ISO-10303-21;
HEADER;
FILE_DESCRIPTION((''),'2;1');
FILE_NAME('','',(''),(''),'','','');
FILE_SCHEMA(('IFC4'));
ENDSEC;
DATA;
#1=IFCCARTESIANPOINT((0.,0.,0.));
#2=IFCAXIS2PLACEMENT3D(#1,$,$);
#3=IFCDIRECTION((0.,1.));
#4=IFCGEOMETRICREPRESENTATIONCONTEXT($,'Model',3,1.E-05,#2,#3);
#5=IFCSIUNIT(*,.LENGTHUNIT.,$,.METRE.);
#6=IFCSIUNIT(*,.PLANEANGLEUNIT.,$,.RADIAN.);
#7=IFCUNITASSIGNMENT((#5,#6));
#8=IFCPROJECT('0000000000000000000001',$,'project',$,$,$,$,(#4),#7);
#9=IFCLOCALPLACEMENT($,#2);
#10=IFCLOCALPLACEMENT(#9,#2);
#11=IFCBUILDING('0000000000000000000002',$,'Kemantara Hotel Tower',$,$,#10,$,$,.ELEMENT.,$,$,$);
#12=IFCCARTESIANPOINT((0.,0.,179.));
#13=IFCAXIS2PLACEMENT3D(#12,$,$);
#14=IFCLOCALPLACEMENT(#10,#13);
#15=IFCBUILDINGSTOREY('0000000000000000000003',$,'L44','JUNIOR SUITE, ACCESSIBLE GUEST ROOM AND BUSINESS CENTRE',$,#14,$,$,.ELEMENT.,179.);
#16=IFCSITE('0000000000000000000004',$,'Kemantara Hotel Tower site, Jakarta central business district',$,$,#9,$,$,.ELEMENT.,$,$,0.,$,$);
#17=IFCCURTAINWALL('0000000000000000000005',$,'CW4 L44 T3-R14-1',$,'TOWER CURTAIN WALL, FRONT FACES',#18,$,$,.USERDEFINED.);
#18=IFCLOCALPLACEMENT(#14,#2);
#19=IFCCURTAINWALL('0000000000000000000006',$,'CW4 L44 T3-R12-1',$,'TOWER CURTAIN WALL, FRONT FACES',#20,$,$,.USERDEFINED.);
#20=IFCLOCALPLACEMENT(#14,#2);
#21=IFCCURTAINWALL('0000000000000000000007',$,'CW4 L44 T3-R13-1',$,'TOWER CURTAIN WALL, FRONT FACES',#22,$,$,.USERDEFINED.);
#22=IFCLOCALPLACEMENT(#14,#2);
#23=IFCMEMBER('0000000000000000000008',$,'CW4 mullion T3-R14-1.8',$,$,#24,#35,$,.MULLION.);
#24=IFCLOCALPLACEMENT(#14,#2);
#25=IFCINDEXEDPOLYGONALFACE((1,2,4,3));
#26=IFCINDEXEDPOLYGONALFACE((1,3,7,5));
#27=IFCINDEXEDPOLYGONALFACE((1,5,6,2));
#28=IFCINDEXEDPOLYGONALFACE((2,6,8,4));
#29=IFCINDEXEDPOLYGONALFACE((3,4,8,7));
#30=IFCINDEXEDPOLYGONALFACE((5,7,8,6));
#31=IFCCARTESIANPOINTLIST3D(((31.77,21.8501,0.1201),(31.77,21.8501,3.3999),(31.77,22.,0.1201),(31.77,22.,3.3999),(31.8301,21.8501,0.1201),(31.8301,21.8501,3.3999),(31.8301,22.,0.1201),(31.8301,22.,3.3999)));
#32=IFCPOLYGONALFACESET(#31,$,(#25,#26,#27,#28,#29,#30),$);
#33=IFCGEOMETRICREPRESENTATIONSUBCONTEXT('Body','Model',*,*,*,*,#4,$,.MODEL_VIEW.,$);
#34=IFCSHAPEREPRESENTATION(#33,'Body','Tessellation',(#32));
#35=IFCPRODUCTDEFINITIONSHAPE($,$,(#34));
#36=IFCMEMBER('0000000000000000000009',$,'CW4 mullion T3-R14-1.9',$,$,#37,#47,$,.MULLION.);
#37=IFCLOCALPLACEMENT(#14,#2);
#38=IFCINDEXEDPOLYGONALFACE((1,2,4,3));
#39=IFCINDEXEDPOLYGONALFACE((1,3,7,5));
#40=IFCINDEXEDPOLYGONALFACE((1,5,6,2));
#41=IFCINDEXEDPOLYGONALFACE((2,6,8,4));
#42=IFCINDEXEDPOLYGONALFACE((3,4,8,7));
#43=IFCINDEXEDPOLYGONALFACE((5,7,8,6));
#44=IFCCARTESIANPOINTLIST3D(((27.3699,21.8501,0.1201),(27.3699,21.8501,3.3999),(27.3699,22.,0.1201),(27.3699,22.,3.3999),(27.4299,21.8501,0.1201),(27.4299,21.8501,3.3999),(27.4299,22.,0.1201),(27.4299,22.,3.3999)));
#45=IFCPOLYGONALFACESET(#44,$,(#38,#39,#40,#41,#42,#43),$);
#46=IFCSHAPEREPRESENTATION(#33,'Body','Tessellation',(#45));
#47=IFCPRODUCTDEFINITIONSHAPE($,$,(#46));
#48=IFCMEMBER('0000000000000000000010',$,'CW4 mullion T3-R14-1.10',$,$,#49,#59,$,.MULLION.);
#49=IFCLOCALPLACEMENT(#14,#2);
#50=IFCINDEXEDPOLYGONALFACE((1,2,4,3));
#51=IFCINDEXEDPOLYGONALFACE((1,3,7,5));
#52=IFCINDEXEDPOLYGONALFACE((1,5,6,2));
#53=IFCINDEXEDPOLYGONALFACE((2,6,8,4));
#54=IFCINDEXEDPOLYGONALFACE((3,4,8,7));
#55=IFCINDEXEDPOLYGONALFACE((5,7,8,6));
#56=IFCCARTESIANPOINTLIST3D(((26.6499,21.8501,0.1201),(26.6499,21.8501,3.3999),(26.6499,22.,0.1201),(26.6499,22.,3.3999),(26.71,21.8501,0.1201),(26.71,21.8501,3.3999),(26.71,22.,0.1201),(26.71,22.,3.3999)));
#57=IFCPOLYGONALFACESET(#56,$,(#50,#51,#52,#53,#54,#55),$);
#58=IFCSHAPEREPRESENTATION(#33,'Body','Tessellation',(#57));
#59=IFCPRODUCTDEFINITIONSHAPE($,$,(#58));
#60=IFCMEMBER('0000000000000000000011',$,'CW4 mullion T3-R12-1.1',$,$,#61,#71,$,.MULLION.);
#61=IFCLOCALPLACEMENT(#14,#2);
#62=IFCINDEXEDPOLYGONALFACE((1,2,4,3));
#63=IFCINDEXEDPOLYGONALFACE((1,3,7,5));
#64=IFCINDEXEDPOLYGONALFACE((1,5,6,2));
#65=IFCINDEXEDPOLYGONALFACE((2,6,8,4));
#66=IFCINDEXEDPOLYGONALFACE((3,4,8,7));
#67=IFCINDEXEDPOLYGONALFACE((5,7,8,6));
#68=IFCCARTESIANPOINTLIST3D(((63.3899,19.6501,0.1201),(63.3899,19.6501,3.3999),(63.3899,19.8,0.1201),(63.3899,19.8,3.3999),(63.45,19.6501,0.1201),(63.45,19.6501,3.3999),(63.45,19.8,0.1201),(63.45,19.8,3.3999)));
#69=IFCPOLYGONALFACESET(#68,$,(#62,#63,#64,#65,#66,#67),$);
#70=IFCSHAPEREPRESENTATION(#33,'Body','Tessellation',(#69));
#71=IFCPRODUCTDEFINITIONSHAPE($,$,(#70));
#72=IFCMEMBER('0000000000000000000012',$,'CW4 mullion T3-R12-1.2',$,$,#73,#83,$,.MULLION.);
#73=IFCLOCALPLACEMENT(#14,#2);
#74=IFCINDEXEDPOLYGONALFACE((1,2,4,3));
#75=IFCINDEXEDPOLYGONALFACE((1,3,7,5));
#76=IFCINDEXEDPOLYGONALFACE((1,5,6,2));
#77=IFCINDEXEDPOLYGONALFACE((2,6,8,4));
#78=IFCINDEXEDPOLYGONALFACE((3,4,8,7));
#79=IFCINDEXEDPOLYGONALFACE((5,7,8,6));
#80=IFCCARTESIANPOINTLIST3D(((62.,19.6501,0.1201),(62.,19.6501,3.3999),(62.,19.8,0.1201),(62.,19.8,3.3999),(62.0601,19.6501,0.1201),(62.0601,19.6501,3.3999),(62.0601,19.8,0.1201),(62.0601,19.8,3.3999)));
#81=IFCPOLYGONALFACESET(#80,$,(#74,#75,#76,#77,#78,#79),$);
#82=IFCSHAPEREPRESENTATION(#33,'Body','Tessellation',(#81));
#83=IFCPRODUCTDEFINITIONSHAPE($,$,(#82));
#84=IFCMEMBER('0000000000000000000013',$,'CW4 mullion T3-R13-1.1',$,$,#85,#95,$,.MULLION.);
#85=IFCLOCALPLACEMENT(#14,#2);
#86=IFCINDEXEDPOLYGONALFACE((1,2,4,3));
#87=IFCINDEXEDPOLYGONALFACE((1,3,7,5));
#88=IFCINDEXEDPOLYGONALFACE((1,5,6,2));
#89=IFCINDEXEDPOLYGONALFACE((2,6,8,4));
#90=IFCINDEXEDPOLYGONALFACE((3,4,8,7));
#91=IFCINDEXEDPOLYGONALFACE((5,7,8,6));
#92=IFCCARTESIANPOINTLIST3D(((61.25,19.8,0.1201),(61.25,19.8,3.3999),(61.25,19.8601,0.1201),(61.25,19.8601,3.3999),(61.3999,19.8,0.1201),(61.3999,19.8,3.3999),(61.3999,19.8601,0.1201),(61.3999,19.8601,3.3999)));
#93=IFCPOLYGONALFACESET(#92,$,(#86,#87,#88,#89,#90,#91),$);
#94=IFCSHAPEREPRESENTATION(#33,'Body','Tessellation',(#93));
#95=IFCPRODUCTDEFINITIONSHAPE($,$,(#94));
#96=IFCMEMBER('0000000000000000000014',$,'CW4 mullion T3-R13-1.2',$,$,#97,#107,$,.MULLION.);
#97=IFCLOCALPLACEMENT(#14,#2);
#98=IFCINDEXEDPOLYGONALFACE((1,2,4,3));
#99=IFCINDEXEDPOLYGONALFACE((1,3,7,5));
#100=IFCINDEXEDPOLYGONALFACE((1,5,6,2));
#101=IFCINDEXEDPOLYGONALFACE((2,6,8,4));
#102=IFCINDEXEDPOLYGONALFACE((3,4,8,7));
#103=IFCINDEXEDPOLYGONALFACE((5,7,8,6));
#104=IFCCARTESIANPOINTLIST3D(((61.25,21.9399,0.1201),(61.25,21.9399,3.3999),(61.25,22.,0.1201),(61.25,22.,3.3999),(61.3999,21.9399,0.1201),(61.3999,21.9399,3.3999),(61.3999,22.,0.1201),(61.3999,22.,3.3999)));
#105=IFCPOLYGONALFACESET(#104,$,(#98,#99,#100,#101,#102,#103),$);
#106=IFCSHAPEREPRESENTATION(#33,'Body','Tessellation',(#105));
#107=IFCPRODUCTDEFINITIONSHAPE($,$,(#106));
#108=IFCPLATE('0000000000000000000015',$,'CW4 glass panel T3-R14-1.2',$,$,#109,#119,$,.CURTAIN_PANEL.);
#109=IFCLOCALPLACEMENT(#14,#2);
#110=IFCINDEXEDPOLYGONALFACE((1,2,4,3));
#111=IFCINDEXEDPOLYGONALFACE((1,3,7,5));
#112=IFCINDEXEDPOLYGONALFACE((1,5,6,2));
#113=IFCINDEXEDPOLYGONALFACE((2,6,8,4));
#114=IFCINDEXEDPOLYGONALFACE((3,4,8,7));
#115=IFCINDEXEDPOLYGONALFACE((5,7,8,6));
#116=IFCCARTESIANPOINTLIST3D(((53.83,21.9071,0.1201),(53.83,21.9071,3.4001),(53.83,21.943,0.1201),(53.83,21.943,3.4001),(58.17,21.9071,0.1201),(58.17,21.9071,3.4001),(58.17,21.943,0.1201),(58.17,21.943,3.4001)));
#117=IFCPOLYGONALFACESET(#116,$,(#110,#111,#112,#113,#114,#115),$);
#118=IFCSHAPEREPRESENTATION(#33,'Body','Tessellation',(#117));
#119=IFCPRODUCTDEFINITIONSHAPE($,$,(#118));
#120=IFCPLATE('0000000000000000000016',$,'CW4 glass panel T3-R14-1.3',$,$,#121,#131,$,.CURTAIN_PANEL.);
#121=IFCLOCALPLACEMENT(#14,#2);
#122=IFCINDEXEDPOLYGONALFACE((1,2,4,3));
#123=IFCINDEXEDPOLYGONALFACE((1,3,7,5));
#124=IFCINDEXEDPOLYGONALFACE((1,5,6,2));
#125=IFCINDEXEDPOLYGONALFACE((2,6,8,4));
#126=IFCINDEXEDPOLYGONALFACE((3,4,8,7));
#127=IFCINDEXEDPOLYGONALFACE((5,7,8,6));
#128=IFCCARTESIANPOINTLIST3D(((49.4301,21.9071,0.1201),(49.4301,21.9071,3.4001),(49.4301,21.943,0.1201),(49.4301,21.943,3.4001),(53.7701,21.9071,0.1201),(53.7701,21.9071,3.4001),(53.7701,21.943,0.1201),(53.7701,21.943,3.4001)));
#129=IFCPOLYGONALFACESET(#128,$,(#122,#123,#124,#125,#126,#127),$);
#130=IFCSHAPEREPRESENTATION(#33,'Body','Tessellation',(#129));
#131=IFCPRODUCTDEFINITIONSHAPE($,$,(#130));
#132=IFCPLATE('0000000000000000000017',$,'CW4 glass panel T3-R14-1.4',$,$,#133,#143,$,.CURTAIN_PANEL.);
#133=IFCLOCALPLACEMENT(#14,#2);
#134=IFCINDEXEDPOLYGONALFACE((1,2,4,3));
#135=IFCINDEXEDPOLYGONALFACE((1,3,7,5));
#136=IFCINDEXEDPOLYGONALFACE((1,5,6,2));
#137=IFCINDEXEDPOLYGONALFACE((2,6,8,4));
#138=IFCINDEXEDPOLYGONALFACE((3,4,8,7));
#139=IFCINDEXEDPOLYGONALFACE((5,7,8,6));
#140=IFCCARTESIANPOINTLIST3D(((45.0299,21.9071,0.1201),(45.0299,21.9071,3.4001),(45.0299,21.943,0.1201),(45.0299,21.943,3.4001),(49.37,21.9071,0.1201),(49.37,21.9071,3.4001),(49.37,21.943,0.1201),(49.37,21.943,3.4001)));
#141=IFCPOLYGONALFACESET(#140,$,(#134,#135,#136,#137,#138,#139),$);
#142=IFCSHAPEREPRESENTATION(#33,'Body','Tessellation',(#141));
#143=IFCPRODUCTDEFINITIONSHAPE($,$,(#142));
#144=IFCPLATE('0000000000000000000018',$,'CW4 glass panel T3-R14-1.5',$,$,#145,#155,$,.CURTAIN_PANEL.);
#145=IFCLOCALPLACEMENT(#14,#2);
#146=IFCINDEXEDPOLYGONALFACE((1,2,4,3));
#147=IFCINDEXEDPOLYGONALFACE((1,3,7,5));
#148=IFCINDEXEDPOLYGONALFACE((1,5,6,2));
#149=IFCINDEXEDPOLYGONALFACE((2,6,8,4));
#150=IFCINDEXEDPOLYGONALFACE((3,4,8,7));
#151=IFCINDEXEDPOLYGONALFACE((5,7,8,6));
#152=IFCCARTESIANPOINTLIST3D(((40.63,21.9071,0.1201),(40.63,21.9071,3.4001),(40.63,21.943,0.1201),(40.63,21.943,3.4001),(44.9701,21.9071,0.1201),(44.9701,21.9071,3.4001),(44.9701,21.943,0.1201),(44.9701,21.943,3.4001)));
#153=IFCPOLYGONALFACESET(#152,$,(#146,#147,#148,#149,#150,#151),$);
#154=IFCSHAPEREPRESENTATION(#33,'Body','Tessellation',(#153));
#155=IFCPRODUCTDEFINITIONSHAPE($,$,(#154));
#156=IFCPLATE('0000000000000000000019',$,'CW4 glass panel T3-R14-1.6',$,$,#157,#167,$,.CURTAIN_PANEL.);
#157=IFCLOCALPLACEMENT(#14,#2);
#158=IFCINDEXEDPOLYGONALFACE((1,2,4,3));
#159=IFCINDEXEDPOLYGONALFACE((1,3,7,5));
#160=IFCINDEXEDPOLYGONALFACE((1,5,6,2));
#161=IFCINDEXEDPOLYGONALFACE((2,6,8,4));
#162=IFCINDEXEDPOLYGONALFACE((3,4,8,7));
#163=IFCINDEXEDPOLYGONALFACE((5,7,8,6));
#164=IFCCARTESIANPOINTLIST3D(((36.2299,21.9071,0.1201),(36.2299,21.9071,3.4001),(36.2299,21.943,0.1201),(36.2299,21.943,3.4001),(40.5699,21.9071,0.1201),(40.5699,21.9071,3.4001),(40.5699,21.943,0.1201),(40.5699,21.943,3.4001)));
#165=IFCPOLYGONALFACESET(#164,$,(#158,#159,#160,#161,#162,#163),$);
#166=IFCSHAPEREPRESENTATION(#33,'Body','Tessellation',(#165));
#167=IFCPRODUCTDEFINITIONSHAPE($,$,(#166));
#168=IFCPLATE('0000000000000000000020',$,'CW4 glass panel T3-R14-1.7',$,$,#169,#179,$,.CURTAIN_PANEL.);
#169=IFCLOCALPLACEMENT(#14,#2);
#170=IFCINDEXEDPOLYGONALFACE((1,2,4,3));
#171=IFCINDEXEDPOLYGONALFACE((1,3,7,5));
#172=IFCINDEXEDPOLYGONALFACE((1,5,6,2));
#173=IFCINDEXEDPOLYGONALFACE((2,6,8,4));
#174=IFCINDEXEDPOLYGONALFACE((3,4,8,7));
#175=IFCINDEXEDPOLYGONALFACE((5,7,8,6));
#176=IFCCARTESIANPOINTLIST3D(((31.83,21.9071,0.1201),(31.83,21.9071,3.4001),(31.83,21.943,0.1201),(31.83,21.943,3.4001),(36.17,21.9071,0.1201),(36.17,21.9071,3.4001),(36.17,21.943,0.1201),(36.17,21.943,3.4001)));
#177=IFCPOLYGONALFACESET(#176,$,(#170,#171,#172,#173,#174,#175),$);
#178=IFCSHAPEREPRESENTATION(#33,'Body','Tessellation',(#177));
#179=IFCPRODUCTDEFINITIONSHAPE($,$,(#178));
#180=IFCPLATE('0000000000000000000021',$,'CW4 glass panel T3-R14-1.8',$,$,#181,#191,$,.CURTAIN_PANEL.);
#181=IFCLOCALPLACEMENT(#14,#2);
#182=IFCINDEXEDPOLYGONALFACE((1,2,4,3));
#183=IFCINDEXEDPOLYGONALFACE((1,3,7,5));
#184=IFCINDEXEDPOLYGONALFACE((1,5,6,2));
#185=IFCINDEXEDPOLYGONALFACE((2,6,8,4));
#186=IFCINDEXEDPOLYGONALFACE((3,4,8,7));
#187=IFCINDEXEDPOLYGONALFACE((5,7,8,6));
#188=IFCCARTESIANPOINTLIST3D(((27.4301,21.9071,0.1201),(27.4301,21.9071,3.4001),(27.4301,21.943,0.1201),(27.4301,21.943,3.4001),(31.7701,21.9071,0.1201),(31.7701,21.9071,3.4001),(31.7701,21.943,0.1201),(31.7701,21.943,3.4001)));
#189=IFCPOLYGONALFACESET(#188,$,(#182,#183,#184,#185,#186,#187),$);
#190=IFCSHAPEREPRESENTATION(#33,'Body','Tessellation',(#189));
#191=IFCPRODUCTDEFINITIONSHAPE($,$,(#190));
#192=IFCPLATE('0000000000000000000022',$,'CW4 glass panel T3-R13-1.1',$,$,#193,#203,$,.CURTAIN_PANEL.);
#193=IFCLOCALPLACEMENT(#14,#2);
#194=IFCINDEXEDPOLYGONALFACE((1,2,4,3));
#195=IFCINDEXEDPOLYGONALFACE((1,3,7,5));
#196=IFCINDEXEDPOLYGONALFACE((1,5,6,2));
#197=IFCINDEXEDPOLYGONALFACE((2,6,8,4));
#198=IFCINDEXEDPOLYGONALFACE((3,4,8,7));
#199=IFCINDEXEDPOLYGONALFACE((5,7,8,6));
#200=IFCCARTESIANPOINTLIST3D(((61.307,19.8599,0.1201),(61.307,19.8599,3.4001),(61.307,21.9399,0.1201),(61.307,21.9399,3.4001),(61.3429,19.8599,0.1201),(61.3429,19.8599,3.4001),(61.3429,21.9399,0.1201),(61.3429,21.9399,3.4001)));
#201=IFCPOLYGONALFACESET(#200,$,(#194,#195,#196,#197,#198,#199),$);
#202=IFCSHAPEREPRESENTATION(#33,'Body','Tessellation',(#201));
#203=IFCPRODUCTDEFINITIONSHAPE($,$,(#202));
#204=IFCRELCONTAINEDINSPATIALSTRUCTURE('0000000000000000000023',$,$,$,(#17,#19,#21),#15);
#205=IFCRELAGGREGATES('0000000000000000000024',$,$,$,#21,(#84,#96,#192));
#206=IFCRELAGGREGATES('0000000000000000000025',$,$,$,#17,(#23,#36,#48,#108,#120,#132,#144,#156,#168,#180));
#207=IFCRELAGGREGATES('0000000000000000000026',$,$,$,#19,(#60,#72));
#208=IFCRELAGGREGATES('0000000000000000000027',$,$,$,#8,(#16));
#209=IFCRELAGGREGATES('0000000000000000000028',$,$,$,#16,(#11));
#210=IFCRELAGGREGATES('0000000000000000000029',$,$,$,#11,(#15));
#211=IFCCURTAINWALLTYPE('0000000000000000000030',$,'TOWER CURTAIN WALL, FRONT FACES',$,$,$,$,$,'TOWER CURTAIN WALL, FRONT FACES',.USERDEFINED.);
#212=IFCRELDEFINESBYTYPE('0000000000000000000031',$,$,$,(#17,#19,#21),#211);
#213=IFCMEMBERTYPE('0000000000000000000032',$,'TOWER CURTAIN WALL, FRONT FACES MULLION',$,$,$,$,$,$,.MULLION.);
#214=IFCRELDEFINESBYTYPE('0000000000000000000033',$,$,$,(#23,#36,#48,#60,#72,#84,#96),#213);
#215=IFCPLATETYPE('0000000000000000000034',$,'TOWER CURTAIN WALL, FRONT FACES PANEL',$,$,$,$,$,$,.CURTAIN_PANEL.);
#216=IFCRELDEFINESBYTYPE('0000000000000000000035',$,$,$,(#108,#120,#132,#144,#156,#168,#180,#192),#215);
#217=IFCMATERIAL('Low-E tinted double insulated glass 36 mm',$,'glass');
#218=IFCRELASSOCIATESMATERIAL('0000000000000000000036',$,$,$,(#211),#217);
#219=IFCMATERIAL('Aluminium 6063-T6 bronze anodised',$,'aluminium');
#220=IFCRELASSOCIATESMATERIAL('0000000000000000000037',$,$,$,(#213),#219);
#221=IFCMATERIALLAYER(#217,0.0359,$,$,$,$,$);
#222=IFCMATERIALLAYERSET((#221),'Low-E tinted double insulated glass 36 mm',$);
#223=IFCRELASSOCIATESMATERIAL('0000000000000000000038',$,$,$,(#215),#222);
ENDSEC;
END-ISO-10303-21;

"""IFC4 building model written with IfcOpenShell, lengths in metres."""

from ifc_helpers import new_model, si_unit, direction, frame, origin, origin_2d, place, context, subcontext, project, spatial, rectangle, extrude, source, transform, mapped, material, layer, layer_set, material_profile, profile_set, type_object, element, aggregate, save


model = new_model("IFC4")

# Units and contexts
model_context = context("Model", 3, precision=1e-05, world=origin(), true_north=direction((0.0, 1.0)))
body_context = subcontext(model_context, "Body", "Model", "MODEL_VIEW")
ifc_project = project(units=[si_unit("LENGTHUNIT", "METRE"), si_unit("PLANEANGLEUNIT", "RADIAN")], contexts=[model_context])

# Site, building, storey
site_placement = place(None, origin())
site = spatial("IfcSite", under=ifc_project, at=site_placement, Name="Kemantara Hotel Tower site, Jakarta central business district", CompositionType="ELEMENT", RefElevation=0.0)
building_placement = place(site_placement, origin())
building = spatial("IfcBuilding", under=site, at=building_placement, Name="Kemantara Hotel Tower", CompositionType="ELEMENT")
storey_placement = place(building_placement, frame((0.0, 0.0, 179.0)))
storey = spatial("IfcBuildingStorey", under=building, at=storey_placement, Name="L44", Description="JUNIOR SUITE, ACCESSIBLE GUEST ROOM AND BUSINESS CENTRE", CompositionType="ELEMENT", Elevation=179.0)

# Curtain walls
ifc_material_1 = material(Name="Low-E tinted double insulated glass 36 mm", Category="glass")
curtain_wall_type = type_object("IfcCurtainWallType", Name="TOWER CURTAIN WALL, FRONT FACES", ElementType="TOWER CURTAIN WALL, FRONT FACES", PredefinedType="USERDEFINED", material=ifc_material_1)
curtain_wall_1_placement = place(storey_placement, origin())
curtain_wall_1 = element("IfcCurtainWall", 1, at=curtain_wall_1_placement, inside=storey, type_object=curtain_wall_type, Name="CW4 L44 T3-R14-1", ObjectType="TOWER CURTAIN WALL, FRONT FACES", PredefinedType="USERDEFINED")
ifc_material_2 = material(Name="Aluminium 6063-T6 bronze anodised", Category="aluminium")
curtain_wall_2_placement = place(storey_placement, origin())
curtain_wall_2 = element("IfcCurtainWall", 2, at=curtain_wall_2_placement, inside=storey, type_object=curtain_wall_type, Name="CW4 L44 T3-R12-1", ObjectType="TOWER CURTAIN WALL, FRONT FACES", PredefinedType="USERDEFINED")
curtain_wall_3_placement = place(storey_placement, origin())
curtain_wall_3 = element("IfcCurtainWall", 3, at=curtain_wall_3_placement, inside=storey, type_object=curtain_wall_type, Name="CW4 L44 T3-R13-1", ObjectType="TOWER CURTAIN WALL, FRONT FACES", PredefinedType="USERDEFINED")
ifc_material_profile_1 = material_profile(ifc_material_2, rectangle(XDim=0.1499, YDim=0.0601, at=origin_2d()), Name="TOWER CURTAIN WALL, FRONT FACES MULLION")
ifc_profile_set_1 = profile_set([ifc_material_profile_1], Name="Aluminium 6063-T6 bronze anodised")
member_type_1 = type_object("IfcMemberType", Name="TOWER CURTAIN WALL, FRONT FACES MULLION", PredefinedType="MULLION", material=ifc_profile_set_1)
shared_shape_1 = source(origin(), body_context, "Body", "SweptSolid", [
    extrude(rectangle(XDim=0.1499, YDim=0.0601, at=origin_2d()), origin(), (0.0, 0.0, 1.0), 3.2798),
])

# Members
member_1_placement = place(storey_placement, frame((31.8, 21.925, 0.1201), z_axis=(0.0, 0.0, 1.0), x_axis=(0.0, -1.0, 0.0)))
member_1 = element("IfcMember", 4, at=member_1_placement, type_object=member_type_1, Name="CW4 mullion T3-R14-1.8", PredefinedType="MULLION", context=body_context, shape_type="MappedRepresentation", body=[
    mapped(shared_shape_1, transform((0.0, 0.0, 0.0))),
])
member_2_placement = place(storey_placement, frame((27.3999, 21.925, 0.1201), z_axis=(0.0, 0.0, 1.0), x_axis=(0.0, -1.0, 0.0)))
member_2 = element("IfcMember", 5, at=member_2_placement, type_object=member_type_1, Name="CW4 mullion T3-R14-1.9", PredefinedType="MULLION", context=body_context, shape_type="MappedRepresentation", body=[
    mapped(shared_shape_1, transform((0.0, 0.0, 0.0))),
])
member_3_placement = place(storey_placement, frame((26.6799, 21.925, 0.1201), z_axis=(0.0, 0.0, 1.0), x_axis=(0.0, -1.0, 0.0)))
member_3 = element("IfcMember", 6, at=member_3_placement, type_object=member_type_1, Name="CW4 mullion T3-R14-1.10", PredefinedType="MULLION", context=body_context, shape_type="MappedRepresentation", body=[
    mapped(shared_shape_1, transform((0.0, 0.0, 0.0))),
])
member_4_placement = place(storey_placement, frame((63.4199, 19.7251, 0.1201), z_axis=(0.0, 0.0, 1.0), x_axis=(0.0, -1.0, 0.0)))
member_4 = element("IfcMember", 7, at=member_4_placement, type_object=member_type_1, Name="CW4 mullion T3-R12-1.1", PredefinedType="MULLION", context=body_context, shape_type="MappedRepresentation", body=[
    mapped(shared_shape_1, transform((0.0, 0.0, 0.0))),
])
member_5_placement = place(storey_placement, frame((62.03, 19.7251, 0.1201), z_axis=(0.0, 0.0, 1.0), x_axis=(0.0, -1.0, 0.0)))
member_5 = element("IfcMember", 8, at=member_5_placement, type_object=member_type_1, Name="CW4 mullion T3-R12-1.2", PredefinedType="MULLION", context=body_context, shape_type="MappedRepresentation", body=[
    mapped(shared_shape_1, transform((0.0, 0.0, 0.0))),
])
member_6_placement = place(storey_placement, frame((61.325, 19.8301, 0.1201), z_axis=(0.0, 0.0, 1.0), x_axis=(-1.0, 0.0, 0.0)))
member_6 = element("IfcMember", 9, at=member_6_placement, type_object=member_type_1, Name="CW4 mullion T3-R13-1.1", PredefinedType="MULLION", context=body_context, shape_type="MappedRepresentation", body=[
    mapped(shared_shape_1, transform((0.0, 0.0, 0.0))),
])
member_7_placement = place(storey_placement, frame((61.325, 21.97, 0.1201), z_axis=(0.0, 0.0, 1.0), x_axis=(-1.0, 0.0, 0.0)))
member_7 = element("IfcMember", 10, at=member_7_placement, type_object=member_type_1, Name="CW4 mullion T3-R13-1.2", PredefinedType="MULLION", context=body_context, shape_type="MappedRepresentation", body=[
    mapped(shared_shape_1, transform((0.0, 0.0, 0.0))),
])

# Plates
ifc_layer_1 = layer(ifc_material_1, 0.0359)
ifc_layer_set_1 = layer_set([ifc_layer_1], Name="Low-E tinted double insulated glass 36 mm")
plate_type = type_object("IfcPlateType", Name="TOWER CURTAIN WALL, FRONT FACES PANEL", PredefinedType="CURTAIN_PANEL", material=ifc_layer_set_1)
shared_shape_2 = source(origin(), body_context, "Body", "SweptSolid", [
    extrude(rectangle(XDim=4.3401, YDim=0.0359, at=origin_2d()), origin(), (0.0, 0.0, 1.0), 3.28),
])
plate_1_placement = place(storey_placement, frame((56.0, 21.925, 0.1201), z_axis=(0.0, 0.0, 1.0), x_axis=(-1.0, 0.0, 0.0)))
plate_1 = element("IfcPlate", 11, at=plate_1_placement, type_object=plate_type, Name="CW4 glass panel T3-R14-1.2", PredefinedType="CURTAIN_PANEL", context=body_context, shape_type="MappedRepresentation", body=[
    mapped(shared_shape_2, transform((0.0, 0.0, 0.0))),
])
plate_2_placement = place(storey_placement, frame((51.6001, 21.925, 0.1201), z_axis=(0.0, 0.0, 1.0), x_axis=(-1.0, 0.0, 0.0)))
plate_2 = element("IfcPlate", 12, at=plate_2_placement, type_object=plate_type, Name="CW4 glass panel T3-R14-1.3", PredefinedType="CURTAIN_PANEL", context=body_context, shape_type="MappedRepresentation", body=[
    mapped(shared_shape_2, transform((0.0, 0.0, 0.0))),
])
plate_3_placement = place(storey_placement, frame((47.2, 21.925, 0.1201), z_axis=(0.0, 0.0, 1.0), x_axis=(-1.0, 0.0, 0.0)))
plate_3 = element("IfcPlate", 13, at=plate_3_placement, type_object=plate_type, Name="CW4 glass panel T3-R14-1.4", PredefinedType="CURTAIN_PANEL", context=body_context, shape_type="MappedRepresentation", body=[
    mapped(shared_shape_2, transform((0.0, 0.0, 0.0))),
])
plate_4_placement = place(storey_placement, frame((42.8, 21.925, 0.1201), z_axis=(0.0, 0.0, 1.0), x_axis=(-1.0, 0.0, 0.0)))
plate_4 = element("IfcPlate", 14, at=plate_4_placement, type_object=plate_type, Name="CW4 glass panel T3-R14-1.5", PredefinedType="CURTAIN_PANEL", context=body_context, shape_type="MappedRepresentation", body=[
    mapped(shared_shape_2, transform((0.0, 0.0, 0.0))),
])
plate_5_placement = place(storey_placement, frame((38.3999, 21.925, 0.1201), z_axis=(0.0, 0.0, 1.0), x_axis=(-1.0, 0.0, 0.0)))
plate_5 = element("IfcPlate", 15, at=plate_5_placement, type_object=plate_type, Name="CW4 glass panel T3-R14-1.6", PredefinedType="CURTAIN_PANEL", context=body_context, shape_type="MappedRepresentation", body=[
    mapped(shared_shape_2, transform((0.0, 0.0, 0.0))),
])
plate_6_placement = place(storey_placement, frame((34.0, 21.925, 0.1201), z_axis=(0.0, 0.0, 1.0), x_axis=(-1.0, 0.0, 0.0)))
plate_6 = element("IfcPlate", 16, at=plate_6_placement, type_object=plate_type, Name="CW4 glass panel T3-R14-1.7", PredefinedType="CURTAIN_PANEL", context=body_context, shape_type="MappedRepresentation", body=[
    mapped(shared_shape_2, transform((0.0, 0.0, 0.0))),
])
plate_7_placement = place(storey_placement, frame((29.6001, 21.925, 0.1201), z_axis=(0.0, 0.0, 1.0), x_axis=(-1.0, 0.0, 0.0)))
plate_7 = element("IfcPlate", 17, at=plate_7_placement, type_object=plate_type, Name="CW4 glass panel T3-R14-1.8", PredefinedType="CURTAIN_PANEL", context=body_context, shape_type="MappedRepresentation", body=[
    mapped(shared_shape_2, transform((0.0, 0.0, 0.0))),
])
shared_shape_3 = source(origin(), body_context, "Body", "SweptSolid", [
    extrude(rectangle(XDim=2.0801, YDim=0.0359, at=origin_2d()), origin(), (0.0, 0.0, 1.0), 3.28),
])
plate_8_placement = place(storey_placement, frame((61.325, 20.8999, 0.1201), z_axis=(0.0, 0.0, 1.0), x_axis=(0.0, 1.0, 0.0)))
plate_8 = element("IfcPlate", 18, at=plate_8_placement, type_object=plate_type, Name="CW4 glass panel T3-R13-1.1", PredefinedType="CURTAIN_PANEL", context=body_context, shape_type="MappedRepresentation", body=[
    mapped(shared_shape_3, transform((0.0, 0.0, 0.0))),
])
aggregate(curtain_wall_3, [member_6, member_7, plate_8])
aggregate(curtain_wall_1, [member_1, member_2, member_3, plate_1, plate_2, plate_3, plate_4, plate_5, plate_6, plate_7])
aggregate(curtain_wall_2, [member_4, member_5])

save(model, "model.ifc")
